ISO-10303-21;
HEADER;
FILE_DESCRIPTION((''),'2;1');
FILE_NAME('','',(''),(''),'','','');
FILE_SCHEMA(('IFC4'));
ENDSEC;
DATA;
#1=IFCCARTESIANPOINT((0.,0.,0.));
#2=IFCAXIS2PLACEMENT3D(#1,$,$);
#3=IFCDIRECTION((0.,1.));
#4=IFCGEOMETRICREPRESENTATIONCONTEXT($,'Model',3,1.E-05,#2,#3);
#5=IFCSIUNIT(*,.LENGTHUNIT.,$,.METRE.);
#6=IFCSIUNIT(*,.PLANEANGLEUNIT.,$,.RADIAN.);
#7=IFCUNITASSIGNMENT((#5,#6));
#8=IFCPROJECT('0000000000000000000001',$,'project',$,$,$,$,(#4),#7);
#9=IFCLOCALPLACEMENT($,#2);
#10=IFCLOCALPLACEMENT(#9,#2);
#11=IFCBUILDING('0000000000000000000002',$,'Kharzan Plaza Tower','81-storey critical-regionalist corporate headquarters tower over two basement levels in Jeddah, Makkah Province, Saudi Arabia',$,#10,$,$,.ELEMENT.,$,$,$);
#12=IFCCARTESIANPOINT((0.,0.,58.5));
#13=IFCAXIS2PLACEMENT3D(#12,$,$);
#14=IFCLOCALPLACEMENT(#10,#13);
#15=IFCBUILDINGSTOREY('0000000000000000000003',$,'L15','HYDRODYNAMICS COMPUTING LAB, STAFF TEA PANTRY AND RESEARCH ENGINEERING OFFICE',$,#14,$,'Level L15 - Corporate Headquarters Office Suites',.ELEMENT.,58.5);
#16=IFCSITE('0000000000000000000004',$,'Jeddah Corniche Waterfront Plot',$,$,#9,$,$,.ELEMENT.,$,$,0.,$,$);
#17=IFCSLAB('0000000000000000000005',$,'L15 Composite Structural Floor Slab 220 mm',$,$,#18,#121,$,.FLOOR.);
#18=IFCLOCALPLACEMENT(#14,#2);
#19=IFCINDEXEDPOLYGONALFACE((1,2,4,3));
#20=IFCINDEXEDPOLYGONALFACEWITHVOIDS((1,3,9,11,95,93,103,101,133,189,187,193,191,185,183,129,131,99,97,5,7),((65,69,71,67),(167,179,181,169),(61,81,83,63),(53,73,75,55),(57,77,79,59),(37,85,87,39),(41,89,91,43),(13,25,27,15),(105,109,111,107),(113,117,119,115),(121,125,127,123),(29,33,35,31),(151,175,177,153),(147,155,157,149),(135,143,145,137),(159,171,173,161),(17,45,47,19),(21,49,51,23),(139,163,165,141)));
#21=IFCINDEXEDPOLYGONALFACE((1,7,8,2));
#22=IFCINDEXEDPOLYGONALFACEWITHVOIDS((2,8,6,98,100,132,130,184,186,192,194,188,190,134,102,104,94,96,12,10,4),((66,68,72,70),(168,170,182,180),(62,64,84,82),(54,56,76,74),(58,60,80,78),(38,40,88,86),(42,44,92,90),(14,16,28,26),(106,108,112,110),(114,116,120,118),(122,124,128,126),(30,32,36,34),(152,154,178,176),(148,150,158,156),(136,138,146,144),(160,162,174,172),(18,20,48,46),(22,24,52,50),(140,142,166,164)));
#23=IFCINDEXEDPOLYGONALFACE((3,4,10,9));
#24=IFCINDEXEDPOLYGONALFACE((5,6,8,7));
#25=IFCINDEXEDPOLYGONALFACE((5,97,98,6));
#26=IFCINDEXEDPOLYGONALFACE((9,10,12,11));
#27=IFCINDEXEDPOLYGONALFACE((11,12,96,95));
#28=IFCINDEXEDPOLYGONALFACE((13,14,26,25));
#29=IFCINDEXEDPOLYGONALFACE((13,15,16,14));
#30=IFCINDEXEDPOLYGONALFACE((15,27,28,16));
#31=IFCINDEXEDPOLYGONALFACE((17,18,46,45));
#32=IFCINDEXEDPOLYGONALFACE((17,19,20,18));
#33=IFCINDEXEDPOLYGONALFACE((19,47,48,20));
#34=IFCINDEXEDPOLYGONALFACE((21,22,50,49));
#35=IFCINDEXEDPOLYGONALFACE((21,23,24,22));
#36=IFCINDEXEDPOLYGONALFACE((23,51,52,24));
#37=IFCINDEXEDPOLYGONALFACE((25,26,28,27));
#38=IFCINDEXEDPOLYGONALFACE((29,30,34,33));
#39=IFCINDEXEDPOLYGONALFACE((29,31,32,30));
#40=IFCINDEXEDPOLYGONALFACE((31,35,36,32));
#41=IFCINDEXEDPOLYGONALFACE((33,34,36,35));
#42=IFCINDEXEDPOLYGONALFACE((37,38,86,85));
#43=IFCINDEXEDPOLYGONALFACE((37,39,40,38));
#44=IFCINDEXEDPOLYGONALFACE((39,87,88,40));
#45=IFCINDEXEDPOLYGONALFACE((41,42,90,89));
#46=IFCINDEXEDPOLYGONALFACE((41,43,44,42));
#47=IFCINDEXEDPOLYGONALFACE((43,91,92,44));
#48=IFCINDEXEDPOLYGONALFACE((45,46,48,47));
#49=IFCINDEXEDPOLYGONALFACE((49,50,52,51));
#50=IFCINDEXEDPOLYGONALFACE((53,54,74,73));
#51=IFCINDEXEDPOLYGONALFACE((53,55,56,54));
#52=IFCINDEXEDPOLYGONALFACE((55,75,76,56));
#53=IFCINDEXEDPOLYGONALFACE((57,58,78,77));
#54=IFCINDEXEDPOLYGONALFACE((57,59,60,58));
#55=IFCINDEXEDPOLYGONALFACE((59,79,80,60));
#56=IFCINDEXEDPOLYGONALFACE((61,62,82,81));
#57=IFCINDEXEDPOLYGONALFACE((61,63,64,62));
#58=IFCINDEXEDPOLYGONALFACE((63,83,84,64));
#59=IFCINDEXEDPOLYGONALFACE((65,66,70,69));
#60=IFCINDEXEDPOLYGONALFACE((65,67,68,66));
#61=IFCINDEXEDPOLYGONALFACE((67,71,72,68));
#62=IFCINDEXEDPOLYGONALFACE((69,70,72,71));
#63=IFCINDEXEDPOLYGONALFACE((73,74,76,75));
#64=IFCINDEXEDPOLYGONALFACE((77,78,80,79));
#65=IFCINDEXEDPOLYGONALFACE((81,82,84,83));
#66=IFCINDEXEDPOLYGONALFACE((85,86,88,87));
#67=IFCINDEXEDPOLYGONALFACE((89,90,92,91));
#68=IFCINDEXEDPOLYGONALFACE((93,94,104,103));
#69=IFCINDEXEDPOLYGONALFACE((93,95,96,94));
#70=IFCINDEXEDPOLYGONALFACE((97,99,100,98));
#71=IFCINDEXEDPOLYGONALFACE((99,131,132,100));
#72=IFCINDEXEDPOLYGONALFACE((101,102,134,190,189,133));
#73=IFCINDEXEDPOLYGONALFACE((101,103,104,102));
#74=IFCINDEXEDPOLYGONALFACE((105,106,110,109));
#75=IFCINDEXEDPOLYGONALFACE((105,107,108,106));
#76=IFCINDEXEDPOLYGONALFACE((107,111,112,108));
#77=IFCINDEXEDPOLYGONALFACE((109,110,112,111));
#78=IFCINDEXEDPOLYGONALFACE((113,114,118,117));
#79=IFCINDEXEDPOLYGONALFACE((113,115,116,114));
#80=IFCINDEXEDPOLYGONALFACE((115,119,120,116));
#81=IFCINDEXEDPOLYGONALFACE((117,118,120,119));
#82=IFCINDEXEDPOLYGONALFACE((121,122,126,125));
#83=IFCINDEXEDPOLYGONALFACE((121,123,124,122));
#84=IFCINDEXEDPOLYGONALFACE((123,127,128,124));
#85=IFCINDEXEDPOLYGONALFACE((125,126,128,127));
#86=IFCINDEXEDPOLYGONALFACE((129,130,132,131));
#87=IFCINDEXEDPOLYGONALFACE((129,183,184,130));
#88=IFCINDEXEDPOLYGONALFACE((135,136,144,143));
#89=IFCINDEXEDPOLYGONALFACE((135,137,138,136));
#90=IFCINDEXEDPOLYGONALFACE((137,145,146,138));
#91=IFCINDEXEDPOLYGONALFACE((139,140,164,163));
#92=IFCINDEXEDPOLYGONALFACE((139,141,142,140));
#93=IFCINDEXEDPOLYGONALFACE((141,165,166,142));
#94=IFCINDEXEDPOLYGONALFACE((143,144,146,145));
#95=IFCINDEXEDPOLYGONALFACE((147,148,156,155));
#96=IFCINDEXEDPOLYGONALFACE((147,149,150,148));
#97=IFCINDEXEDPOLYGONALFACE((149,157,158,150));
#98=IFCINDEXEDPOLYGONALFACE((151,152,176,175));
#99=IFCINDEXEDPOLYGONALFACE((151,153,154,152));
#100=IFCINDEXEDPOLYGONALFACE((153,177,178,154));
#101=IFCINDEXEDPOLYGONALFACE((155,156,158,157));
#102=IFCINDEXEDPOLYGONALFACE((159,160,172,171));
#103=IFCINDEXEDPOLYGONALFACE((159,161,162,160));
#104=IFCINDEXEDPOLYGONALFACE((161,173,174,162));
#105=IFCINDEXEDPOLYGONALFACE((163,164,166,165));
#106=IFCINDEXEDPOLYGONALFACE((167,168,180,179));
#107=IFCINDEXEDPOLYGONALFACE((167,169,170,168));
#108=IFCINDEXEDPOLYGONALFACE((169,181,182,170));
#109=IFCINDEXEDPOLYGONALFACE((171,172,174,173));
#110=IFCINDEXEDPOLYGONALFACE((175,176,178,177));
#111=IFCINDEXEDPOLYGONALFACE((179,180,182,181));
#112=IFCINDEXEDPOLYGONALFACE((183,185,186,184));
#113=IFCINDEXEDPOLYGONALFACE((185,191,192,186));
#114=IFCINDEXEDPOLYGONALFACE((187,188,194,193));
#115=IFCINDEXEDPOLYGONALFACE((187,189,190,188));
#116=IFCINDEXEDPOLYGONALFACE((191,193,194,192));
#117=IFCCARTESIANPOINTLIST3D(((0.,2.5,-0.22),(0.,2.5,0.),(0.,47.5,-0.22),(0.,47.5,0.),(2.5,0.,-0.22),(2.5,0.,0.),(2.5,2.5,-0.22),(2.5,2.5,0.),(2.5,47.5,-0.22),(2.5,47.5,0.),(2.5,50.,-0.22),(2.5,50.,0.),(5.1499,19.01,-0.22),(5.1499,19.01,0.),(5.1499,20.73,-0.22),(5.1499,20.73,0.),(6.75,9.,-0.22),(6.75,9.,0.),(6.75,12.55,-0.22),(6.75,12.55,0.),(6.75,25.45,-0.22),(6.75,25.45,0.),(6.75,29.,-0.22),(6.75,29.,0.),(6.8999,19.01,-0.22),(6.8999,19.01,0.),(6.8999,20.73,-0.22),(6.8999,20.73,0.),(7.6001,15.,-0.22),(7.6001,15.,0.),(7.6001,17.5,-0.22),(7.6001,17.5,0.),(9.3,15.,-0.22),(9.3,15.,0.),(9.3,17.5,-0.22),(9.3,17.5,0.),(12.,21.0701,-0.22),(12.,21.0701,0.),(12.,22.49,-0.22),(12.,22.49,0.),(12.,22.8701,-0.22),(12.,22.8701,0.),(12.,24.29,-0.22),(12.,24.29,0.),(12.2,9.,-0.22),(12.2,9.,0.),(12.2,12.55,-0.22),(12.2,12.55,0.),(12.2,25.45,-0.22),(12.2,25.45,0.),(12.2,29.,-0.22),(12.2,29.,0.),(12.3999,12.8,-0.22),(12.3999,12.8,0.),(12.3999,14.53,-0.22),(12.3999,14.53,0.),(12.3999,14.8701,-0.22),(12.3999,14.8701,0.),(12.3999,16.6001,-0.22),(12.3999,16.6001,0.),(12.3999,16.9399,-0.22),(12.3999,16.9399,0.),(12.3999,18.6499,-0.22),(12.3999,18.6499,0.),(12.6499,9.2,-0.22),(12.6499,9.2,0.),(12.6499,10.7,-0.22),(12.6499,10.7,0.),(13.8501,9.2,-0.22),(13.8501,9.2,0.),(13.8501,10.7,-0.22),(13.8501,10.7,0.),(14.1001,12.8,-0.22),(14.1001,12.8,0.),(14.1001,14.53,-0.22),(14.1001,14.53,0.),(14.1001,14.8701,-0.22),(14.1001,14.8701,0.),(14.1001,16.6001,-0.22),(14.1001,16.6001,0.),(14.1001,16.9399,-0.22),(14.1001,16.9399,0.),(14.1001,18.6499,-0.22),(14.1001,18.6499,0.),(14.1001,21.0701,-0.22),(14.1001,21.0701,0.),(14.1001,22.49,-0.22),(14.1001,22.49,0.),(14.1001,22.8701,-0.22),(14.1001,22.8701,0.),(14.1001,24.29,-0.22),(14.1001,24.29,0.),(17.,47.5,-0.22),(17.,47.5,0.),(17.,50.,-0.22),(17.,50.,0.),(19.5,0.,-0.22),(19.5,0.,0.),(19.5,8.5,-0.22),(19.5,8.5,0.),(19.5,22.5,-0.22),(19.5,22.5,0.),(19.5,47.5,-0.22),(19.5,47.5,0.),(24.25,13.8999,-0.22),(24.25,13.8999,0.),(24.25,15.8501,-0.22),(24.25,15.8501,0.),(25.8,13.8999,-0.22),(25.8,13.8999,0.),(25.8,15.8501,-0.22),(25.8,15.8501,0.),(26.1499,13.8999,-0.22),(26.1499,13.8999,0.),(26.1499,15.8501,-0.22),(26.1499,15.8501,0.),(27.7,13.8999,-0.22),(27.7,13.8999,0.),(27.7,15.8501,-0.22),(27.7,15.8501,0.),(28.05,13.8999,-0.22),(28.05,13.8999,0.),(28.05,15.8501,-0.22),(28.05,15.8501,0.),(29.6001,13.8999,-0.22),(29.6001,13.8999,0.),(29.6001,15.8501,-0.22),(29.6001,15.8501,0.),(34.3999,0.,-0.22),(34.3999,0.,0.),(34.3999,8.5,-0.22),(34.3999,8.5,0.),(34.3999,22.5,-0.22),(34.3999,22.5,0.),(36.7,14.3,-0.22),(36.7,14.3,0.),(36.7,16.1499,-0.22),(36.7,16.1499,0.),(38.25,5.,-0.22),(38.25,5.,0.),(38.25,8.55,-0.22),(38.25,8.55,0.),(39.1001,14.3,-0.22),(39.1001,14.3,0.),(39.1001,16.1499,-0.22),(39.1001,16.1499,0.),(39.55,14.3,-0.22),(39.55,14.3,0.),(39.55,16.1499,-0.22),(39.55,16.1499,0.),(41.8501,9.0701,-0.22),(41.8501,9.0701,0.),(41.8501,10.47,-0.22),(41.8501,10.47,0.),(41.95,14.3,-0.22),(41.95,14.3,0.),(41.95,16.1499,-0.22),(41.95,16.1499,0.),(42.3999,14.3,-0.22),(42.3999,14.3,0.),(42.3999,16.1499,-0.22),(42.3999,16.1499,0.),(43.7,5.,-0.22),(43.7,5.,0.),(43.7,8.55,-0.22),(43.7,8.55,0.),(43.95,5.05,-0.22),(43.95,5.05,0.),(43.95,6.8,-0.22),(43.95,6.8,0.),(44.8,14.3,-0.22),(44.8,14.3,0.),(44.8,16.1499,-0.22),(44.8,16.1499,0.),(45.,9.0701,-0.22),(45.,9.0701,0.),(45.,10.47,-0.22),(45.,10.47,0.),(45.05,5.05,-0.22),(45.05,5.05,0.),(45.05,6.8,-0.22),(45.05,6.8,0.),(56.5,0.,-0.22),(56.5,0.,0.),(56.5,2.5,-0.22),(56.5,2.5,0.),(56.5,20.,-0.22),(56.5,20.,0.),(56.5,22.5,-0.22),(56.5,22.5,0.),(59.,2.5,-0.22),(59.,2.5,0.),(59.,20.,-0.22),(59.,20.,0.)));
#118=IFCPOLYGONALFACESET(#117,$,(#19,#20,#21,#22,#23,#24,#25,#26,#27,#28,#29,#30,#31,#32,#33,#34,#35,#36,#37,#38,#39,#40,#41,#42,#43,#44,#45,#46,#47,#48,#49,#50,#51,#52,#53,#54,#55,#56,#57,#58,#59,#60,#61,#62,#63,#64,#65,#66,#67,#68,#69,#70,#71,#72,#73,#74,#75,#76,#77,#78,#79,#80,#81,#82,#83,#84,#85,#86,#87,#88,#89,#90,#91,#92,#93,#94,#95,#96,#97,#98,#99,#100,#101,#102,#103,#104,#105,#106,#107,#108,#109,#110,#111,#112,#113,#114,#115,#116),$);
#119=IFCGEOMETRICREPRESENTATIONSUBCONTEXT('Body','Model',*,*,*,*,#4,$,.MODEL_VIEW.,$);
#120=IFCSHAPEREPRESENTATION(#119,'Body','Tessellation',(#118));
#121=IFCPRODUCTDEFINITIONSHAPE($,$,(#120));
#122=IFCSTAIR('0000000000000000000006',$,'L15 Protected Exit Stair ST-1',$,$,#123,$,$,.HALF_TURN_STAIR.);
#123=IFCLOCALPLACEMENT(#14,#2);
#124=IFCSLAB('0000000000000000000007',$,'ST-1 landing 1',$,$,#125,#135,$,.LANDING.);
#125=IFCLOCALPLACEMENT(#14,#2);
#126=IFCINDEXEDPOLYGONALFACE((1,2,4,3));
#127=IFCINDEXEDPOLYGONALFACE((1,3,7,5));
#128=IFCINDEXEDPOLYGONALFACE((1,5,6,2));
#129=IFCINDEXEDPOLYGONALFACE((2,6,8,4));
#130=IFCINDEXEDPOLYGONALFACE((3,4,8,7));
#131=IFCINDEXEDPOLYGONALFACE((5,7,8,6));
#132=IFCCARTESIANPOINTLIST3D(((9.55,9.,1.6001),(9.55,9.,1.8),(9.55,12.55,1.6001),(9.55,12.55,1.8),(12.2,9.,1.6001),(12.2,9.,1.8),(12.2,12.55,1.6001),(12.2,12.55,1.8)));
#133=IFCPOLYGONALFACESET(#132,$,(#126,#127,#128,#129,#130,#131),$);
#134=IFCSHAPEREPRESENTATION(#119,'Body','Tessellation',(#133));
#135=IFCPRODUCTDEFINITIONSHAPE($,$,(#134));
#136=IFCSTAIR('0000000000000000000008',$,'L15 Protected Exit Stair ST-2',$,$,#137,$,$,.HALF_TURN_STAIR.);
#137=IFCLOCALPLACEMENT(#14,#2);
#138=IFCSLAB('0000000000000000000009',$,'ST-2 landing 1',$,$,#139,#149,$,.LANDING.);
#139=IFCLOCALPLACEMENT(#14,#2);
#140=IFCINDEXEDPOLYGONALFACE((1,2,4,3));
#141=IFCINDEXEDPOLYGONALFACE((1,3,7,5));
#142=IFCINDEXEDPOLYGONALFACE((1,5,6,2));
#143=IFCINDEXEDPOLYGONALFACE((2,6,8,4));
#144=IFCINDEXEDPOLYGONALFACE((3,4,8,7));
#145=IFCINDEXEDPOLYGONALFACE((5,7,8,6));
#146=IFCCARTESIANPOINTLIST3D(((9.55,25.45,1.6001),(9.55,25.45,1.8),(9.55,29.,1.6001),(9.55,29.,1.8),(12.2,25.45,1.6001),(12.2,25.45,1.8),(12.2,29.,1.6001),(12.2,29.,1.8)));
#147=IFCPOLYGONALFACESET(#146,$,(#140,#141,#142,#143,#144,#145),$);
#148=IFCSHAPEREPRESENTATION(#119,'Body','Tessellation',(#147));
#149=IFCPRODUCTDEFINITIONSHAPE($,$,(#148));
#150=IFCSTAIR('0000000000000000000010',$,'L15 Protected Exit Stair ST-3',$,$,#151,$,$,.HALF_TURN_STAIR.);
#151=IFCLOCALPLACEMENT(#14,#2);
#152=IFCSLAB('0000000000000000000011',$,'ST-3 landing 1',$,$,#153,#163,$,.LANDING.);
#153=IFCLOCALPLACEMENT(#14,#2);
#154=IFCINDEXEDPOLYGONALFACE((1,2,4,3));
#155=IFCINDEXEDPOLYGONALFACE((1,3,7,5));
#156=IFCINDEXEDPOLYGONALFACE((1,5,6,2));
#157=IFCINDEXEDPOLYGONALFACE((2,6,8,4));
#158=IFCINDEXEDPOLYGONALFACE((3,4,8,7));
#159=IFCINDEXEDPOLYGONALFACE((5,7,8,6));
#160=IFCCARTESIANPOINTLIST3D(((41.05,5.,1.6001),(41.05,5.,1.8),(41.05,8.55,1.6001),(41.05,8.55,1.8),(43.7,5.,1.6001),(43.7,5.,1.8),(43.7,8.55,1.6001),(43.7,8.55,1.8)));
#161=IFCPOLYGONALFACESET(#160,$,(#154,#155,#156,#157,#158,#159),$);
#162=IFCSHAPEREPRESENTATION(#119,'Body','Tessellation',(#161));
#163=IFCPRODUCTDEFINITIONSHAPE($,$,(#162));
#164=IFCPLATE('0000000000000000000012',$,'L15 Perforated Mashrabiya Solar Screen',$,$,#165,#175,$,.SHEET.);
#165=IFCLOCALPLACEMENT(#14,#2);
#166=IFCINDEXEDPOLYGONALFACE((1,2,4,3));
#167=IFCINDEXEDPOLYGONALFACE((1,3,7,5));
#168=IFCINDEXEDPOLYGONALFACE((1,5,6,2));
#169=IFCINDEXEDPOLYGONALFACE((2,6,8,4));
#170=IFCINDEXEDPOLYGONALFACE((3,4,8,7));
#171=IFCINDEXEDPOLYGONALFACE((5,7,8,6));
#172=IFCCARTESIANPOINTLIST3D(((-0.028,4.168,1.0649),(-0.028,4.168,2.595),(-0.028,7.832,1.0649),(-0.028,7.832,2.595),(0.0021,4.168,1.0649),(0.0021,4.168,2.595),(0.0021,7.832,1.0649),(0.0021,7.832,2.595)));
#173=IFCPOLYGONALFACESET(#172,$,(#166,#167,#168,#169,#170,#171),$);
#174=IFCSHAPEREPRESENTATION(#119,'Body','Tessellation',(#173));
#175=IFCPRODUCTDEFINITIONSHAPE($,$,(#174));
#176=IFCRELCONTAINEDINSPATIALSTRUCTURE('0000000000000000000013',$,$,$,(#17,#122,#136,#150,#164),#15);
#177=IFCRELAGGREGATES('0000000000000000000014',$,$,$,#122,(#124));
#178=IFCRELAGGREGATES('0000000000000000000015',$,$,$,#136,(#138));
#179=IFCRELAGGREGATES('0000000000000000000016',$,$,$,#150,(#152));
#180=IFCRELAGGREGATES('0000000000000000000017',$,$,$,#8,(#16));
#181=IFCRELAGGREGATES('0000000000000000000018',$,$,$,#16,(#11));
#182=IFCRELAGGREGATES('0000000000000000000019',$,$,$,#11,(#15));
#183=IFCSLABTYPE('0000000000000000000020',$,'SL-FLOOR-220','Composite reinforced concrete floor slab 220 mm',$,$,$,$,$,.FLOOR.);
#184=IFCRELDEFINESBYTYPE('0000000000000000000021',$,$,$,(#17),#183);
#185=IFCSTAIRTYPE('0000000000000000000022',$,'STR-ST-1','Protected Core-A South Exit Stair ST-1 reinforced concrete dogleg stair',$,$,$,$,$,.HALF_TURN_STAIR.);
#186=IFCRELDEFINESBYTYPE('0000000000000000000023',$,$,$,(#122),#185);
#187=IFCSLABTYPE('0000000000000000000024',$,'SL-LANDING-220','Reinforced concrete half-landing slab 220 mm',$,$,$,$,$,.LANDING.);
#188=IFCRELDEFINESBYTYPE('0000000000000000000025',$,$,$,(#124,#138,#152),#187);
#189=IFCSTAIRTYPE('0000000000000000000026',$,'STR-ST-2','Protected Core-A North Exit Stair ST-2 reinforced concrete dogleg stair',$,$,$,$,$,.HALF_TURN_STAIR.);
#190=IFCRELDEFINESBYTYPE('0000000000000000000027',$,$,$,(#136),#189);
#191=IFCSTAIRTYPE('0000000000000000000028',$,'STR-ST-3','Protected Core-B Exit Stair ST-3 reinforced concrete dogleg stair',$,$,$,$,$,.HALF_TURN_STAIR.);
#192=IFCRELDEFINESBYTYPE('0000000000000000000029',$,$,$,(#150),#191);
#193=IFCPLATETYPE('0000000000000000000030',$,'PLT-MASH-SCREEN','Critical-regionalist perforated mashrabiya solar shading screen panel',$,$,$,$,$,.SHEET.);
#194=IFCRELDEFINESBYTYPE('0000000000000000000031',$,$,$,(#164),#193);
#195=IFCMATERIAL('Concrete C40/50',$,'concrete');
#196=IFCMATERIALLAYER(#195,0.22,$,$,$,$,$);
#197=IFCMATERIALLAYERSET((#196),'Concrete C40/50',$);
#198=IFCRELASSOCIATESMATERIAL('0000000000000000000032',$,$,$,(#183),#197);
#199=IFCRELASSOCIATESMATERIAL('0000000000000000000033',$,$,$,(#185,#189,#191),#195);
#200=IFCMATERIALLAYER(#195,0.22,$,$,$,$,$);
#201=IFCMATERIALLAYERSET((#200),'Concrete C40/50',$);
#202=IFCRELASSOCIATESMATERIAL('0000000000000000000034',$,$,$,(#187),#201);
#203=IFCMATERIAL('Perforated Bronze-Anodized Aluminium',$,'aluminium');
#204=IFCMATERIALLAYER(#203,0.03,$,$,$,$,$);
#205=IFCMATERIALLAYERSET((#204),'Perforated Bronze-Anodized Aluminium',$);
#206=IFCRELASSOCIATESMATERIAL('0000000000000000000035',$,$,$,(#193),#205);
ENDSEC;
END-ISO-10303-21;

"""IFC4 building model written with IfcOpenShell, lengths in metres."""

from ifc_helpers import new_model, si_unit, direction, frame, origin, origin_2d, place, context, subcontext, project, spatial, polyline, rectangle, outline, extrude, source, transform, mapped, material, layer, layer_set, type_object, element, aggregate, save


model = new_model("IFC4")

# Units and contexts
model_context = context("Model", 3, precision=1e-05, world=origin(), true_north=direction((0.0, 1.0)))
body_context = subcontext(model_context, "Body", "Model", "MODEL_VIEW")
ifc_project = project(units=[si_unit("LENGTHUNIT", "METRE"), si_unit("PLANEANGLEUNIT", "RADIAN")], contexts=[model_context])

# Site, building, storey
site_placement = place(None, origin())
site = spatial("IfcSite", under=ifc_project, at=site_placement, Name="Jeddah Corniche Waterfront Plot", CompositionType="ELEMENT", RefElevation=0.0)
building_placement = place(site_placement, origin())
building = spatial("IfcBuilding", under=site, at=building_placement, Name="Kharzan Plaza Tower", Description="81-storey critical-regionalist corporate headquarters tower over two basement levels in Jeddah, Makkah Province, Saudi Arabia", CompositionType="ELEMENT")
storey_placement = place(building_placement, frame((0.0, 0.0, 58.5)))
storey = spatial("IfcBuildingStorey", under=building, at=storey_placement, Name="L15", Description="HYDRODYNAMICS COMPUTING LAB, STAFF TEA PANTRY AND RESEARCH ENGINEERING OFFICE", LongName="Level L15 - Corporate Headquarters Office Suites", CompositionType="ELEMENT", Elevation=58.5)

# Slab
ifc_material_1 = material(Name="Concrete C40/50", Category="concrete")
ifc_layer_1 = layer(ifc_material_1, 0.22)
ifc_layer_set_1 = layer_set([ifc_layer_1], Name="Concrete C40/50")
slab_type_1 = type_object("IfcSlabType", Name="SL-FLOOR-220", Description="Composite reinforced concrete floor slab 220 mm", PredefinedType="FLOOR", material=ifc_layer_set_1)
slab_1_placement = place(storey_placement, frame((0.0, 0.0, -0.22)))
element("IfcSlab", 1, at=slab_1_placement, inside=storey, type_object=slab_type_1, Name="L15 Composite Structural Floor Slab 220 mm", PredefinedType="FLOOR", context=body_context, shape_type="SweptSolid", body=[
    extrude(outline(polyline([(34.3999, 22.5), (19.5, 22.5), (19.5, 47.5), (17.0, 47.5), (17.0, 50.0), (2.5, 50.0), (2.5, 47.5), (0.0, 47.5), (0.0, 2.5), (2.5, 2.5), (2.5, 0.0), (19.5, 0.0), (19.5, 8.5), (34.3999, 8.5), (34.3999, 0.0), (56.5, 0.0), (56.5, 2.5), (59.0, 2.5), (59.0, 20.0), (56.5, 20.0), (56.5, 22.5), (34.3999, 22.5)]), holes=[polyline([(13.8501, 9.2), (13.8501, 10.7), (12.6499, 10.7), (12.6499, 9.2), (13.8501, 9.2)]), polyline([(12.2, 9.0), (12.2, 12.55), (6.75, 12.55), (6.75, 9.0), (12.2, 9.0)]), polyline([(14.1001, 12.8), (14.1001, 14.53), (12.3999, 14.53), (12.3999, 12.8), (14.1001, 12.8)]), polyline([(14.1001, 14.8701), (14.1001, 16.6001), (12.3999, 16.6001), (12.3999, 14.8701), (14.1001, 14.8701)]), polyline([(9.3, 15.0), (9.3, 17.5), (7.6001, 17.5), (7.6001, 15.0), (9.3, 15.0)]), polyline([(14.1001, 16.9399), (14.1001, 18.6499), (12.3999, 18.6499), (12.3999, 16.9399), (14.1001, 16.9399)]), polyline([(6.8999, 19.01), (6.8999, 20.73), (5.1499, 20.73), (5.1499, 19.01), (6.8999, 19.01)]), polyline([(12.0, 21.0701), (14.1001, 21.0701), (14.1001, 22.49), (12.0, 22.49), (12.0, 21.0701)]), polyline([(12.0, 22.8701), (14.1001, 22.8701), (14.1001, 24.29), (12.0, 24.29), (12.0, 22.8701)]), polyline([(12.2, 25.45), (12.2, 29.0), (6.75, 29.0), (6.75, 25.45), (12.2, 25.45)]), polyline([(45.05, 5.05), (45.05, 6.8), (43.95, 6.8), (43.95, 5.05), (45.05, 5.05)]), polyline([(43.7, 5.0), (43.7, 8.55), (38.25, 8.55), (38.25, 5.0), (43.7, 5.0)]), polyline([(41.8501, 9.0701), (45.0, 9.0701), (45.0, 10.47), (41.8501, 10.47), (41.8501, 9.0701)]), polyline([(24.25, 13.8999), (25.8, 13.8999), (25.8, 15.8501), (24.25, 15.8501), (24.25, 13.8999)]), polyline([(27.7, 13.8999), (27.7, 15.8501), (26.1499, 15.8501), (26.1499, 13.8999), (27.7, 13.8999)]), polyline([(29.6001, 13.8999), (29.6001, 15.8501), (28.05, 15.8501), (28.05, 13.8999), (29.6001, 13.8999)]), polyline([(39.1001, 14.3), (39.1001, 16.1499), (36.7, 16.1499), (36.7, 14.3), (39.1001, 14.3)]), polyline([(39.55, 14.3), (41.95, 14.3), (41.95, 16.1499), (39.55, 16.1499), (39.55, 14.3)]), polyline([(42.3999, 14.3), (44.8, 14.3), (44.8, 16.1499), (42.3999, 16.1499), (42.3999, 14.3)])]), origin(), (0.0, 0.0, 1.0), 0.22),
])

# Stairs, slabs
stair_type_1 = type_object("IfcStairType", Name="STR-ST-1", Description="Protected Core-A South Exit Stair ST-1 reinforced concrete dogleg stair", PredefinedType="HALF_TURN_STAIR", material=ifc_material_1)
stair_1_placement = place(storey_placement, origin())
stair_1 = element("IfcStair", 2, at=stair_1_placement, inside=storey, type_object=stair_type_1, Name="L15 Protected Exit Stair ST-1", PredefinedType="HALF_TURN_STAIR")
ifc_layer_2 = layer(ifc_material_1, 0.22)
ifc_layer_set_2 = layer_set([ifc_layer_2], Name="Concrete C40/50")
slab_type_2 = type_object("IfcSlabType", Name="SL-LANDING-220", Description="Reinforced concrete half-landing slab 220 mm", PredefinedType="LANDING", material=ifc_layer_set_2)
slab_2_placement = place(storey_placement, frame((0.0, 0.0, 1.6001)))
slab_2 = element("IfcSlab", 3, at=slab_2_placement, type_object=slab_type_2, Name="ST-1 landing 1", PredefinedType="LANDING", context=body_context, shape_type="SweptSolid", body=[
    extrude(outline(polyline([(9.55, 9.0), (12.2, 9.0), (12.2, 12.55), (9.55, 12.55), (9.55, 9.0)])), origin(), (0.0, 0.0, 1.0), 0.2),
])
aggregate(stair_1, [slab_2])
stair_type_2 = type_object("IfcStairType", Name="STR-ST-2", Description="Protected Core-A North Exit Stair ST-2 reinforced concrete dogleg stair", PredefinedType="HALF_TURN_STAIR", material=ifc_material_1)
stair_2_placement = place(storey_placement, origin())
stair_2 = element("IfcStair", 4, at=stair_2_placement, inside=storey, type_object=stair_type_2, Name="L15 Protected Exit Stair ST-2", PredefinedType="HALF_TURN_STAIR")
slab_3_placement = place(storey_placement, frame((0.0, 0.0, 1.6001)))
slab_3 = element("IfcSlab", 5, at=slab_3_placement, type_object=slab_type_2, Name="ST-2 landing 1", PredefinedType="LANDING", context=body_context, shape_type="SweptSolid", body=[
    extrude(outline(polyline([(9.55, 25.45), (12.2, 25.45), (12.2, 29.0), (9.55, 29.0), (9.55, 25.45)])), origin(), (0.0, 0.0, 1.0), 0.2),
])
aggregate(stair_2, [slab_3])
stair_type_3 = type_object("IfcStairType", Name="STR-ST-3", Description="Protected Core-B Exit Stair ST-3 reinforced concrete dogleg stair", PredefinedType="HALF_TURN_STAIR", material=ifc_material_1)
stair_3_placement = place(storey_placement, origin())
stair_3 = element("IfcStair", 6, at=stair_3_placement, inside=storey, type_object=stair_type_3, Name="L15 Protected Exit Stair ST-3", PredefinedType="HALF_TURN_STAIR")
slab_4_placement = place(storey_placement, frame((0.0, 0.0, 1.6001)))
slab_4 = element("IfcSlab", 7, at=slab_4_placement, type_object=slab_type_2, Name="ST-3 landing 1", PredefinedType="LANDING", context=body_context, shape_type="SweptSolid", body=[
    extrude(outline(polyline([(41.05, 5.0), (43.7, 5.0), (43.7, 8.55), (41.05, 8.55), (41.05, 5.0)])), origin(), (0.0, 0.0, 1.0), 0.2),
])
aggregate(stair_3, [slab_4])

# Plate
ifc_material_2 = material(Name="Perforated Bronze-Anodized Aluminium", Category="aluminium")
ifc_layer_3 = layer(ifc_material_2, 0.03)
ifc_layer_set_3 = layer_set([ifc_layer_3], Name="Perforated Bronze-Anodized Aluminium")
plate_type = type_object("IfcPlateType", Name="PLT-MASH-SCREEN", Description="Critical-regionalist perforated mashrabiya solar shading screen panel", PredefinedType="SHEET", material=ifc_layer_set_3)
shared_shape_1 = source(origin(), body_context, "Body", "SweptSolid", [
    extrude(rectangle(XDim=3.6641, YDim=0.03, at=origin_2d()), origin(), (0.0, 0.0, 1.0), 1.53),
])
plate_1_placement = place(storey_placement, frame((-0.0129, 6.0, 1.0649), z_axis=(0.0, 0.0, 1.0), x_axis=(0.0, -1.0, 0.0)))
element("IfcPlate", 8, at=plate_1_placement, inside=storey, type_object=plate_type, Name="L15 Perforated Mashrabiya Solar Screen", PredefinedType="SHEET", context=body_context, shape_type="MappedRepresentation", body=[
    mapped(shared_shape_1, transform((0.0, 0.0, 0.0), x_axis=(1.0, 0.0, 0.0), y_axis=(0.0, 1.0, 0.0), z_axis=(0.0, 0.0, 1.0))),
])

save(model, "model.ifc")
